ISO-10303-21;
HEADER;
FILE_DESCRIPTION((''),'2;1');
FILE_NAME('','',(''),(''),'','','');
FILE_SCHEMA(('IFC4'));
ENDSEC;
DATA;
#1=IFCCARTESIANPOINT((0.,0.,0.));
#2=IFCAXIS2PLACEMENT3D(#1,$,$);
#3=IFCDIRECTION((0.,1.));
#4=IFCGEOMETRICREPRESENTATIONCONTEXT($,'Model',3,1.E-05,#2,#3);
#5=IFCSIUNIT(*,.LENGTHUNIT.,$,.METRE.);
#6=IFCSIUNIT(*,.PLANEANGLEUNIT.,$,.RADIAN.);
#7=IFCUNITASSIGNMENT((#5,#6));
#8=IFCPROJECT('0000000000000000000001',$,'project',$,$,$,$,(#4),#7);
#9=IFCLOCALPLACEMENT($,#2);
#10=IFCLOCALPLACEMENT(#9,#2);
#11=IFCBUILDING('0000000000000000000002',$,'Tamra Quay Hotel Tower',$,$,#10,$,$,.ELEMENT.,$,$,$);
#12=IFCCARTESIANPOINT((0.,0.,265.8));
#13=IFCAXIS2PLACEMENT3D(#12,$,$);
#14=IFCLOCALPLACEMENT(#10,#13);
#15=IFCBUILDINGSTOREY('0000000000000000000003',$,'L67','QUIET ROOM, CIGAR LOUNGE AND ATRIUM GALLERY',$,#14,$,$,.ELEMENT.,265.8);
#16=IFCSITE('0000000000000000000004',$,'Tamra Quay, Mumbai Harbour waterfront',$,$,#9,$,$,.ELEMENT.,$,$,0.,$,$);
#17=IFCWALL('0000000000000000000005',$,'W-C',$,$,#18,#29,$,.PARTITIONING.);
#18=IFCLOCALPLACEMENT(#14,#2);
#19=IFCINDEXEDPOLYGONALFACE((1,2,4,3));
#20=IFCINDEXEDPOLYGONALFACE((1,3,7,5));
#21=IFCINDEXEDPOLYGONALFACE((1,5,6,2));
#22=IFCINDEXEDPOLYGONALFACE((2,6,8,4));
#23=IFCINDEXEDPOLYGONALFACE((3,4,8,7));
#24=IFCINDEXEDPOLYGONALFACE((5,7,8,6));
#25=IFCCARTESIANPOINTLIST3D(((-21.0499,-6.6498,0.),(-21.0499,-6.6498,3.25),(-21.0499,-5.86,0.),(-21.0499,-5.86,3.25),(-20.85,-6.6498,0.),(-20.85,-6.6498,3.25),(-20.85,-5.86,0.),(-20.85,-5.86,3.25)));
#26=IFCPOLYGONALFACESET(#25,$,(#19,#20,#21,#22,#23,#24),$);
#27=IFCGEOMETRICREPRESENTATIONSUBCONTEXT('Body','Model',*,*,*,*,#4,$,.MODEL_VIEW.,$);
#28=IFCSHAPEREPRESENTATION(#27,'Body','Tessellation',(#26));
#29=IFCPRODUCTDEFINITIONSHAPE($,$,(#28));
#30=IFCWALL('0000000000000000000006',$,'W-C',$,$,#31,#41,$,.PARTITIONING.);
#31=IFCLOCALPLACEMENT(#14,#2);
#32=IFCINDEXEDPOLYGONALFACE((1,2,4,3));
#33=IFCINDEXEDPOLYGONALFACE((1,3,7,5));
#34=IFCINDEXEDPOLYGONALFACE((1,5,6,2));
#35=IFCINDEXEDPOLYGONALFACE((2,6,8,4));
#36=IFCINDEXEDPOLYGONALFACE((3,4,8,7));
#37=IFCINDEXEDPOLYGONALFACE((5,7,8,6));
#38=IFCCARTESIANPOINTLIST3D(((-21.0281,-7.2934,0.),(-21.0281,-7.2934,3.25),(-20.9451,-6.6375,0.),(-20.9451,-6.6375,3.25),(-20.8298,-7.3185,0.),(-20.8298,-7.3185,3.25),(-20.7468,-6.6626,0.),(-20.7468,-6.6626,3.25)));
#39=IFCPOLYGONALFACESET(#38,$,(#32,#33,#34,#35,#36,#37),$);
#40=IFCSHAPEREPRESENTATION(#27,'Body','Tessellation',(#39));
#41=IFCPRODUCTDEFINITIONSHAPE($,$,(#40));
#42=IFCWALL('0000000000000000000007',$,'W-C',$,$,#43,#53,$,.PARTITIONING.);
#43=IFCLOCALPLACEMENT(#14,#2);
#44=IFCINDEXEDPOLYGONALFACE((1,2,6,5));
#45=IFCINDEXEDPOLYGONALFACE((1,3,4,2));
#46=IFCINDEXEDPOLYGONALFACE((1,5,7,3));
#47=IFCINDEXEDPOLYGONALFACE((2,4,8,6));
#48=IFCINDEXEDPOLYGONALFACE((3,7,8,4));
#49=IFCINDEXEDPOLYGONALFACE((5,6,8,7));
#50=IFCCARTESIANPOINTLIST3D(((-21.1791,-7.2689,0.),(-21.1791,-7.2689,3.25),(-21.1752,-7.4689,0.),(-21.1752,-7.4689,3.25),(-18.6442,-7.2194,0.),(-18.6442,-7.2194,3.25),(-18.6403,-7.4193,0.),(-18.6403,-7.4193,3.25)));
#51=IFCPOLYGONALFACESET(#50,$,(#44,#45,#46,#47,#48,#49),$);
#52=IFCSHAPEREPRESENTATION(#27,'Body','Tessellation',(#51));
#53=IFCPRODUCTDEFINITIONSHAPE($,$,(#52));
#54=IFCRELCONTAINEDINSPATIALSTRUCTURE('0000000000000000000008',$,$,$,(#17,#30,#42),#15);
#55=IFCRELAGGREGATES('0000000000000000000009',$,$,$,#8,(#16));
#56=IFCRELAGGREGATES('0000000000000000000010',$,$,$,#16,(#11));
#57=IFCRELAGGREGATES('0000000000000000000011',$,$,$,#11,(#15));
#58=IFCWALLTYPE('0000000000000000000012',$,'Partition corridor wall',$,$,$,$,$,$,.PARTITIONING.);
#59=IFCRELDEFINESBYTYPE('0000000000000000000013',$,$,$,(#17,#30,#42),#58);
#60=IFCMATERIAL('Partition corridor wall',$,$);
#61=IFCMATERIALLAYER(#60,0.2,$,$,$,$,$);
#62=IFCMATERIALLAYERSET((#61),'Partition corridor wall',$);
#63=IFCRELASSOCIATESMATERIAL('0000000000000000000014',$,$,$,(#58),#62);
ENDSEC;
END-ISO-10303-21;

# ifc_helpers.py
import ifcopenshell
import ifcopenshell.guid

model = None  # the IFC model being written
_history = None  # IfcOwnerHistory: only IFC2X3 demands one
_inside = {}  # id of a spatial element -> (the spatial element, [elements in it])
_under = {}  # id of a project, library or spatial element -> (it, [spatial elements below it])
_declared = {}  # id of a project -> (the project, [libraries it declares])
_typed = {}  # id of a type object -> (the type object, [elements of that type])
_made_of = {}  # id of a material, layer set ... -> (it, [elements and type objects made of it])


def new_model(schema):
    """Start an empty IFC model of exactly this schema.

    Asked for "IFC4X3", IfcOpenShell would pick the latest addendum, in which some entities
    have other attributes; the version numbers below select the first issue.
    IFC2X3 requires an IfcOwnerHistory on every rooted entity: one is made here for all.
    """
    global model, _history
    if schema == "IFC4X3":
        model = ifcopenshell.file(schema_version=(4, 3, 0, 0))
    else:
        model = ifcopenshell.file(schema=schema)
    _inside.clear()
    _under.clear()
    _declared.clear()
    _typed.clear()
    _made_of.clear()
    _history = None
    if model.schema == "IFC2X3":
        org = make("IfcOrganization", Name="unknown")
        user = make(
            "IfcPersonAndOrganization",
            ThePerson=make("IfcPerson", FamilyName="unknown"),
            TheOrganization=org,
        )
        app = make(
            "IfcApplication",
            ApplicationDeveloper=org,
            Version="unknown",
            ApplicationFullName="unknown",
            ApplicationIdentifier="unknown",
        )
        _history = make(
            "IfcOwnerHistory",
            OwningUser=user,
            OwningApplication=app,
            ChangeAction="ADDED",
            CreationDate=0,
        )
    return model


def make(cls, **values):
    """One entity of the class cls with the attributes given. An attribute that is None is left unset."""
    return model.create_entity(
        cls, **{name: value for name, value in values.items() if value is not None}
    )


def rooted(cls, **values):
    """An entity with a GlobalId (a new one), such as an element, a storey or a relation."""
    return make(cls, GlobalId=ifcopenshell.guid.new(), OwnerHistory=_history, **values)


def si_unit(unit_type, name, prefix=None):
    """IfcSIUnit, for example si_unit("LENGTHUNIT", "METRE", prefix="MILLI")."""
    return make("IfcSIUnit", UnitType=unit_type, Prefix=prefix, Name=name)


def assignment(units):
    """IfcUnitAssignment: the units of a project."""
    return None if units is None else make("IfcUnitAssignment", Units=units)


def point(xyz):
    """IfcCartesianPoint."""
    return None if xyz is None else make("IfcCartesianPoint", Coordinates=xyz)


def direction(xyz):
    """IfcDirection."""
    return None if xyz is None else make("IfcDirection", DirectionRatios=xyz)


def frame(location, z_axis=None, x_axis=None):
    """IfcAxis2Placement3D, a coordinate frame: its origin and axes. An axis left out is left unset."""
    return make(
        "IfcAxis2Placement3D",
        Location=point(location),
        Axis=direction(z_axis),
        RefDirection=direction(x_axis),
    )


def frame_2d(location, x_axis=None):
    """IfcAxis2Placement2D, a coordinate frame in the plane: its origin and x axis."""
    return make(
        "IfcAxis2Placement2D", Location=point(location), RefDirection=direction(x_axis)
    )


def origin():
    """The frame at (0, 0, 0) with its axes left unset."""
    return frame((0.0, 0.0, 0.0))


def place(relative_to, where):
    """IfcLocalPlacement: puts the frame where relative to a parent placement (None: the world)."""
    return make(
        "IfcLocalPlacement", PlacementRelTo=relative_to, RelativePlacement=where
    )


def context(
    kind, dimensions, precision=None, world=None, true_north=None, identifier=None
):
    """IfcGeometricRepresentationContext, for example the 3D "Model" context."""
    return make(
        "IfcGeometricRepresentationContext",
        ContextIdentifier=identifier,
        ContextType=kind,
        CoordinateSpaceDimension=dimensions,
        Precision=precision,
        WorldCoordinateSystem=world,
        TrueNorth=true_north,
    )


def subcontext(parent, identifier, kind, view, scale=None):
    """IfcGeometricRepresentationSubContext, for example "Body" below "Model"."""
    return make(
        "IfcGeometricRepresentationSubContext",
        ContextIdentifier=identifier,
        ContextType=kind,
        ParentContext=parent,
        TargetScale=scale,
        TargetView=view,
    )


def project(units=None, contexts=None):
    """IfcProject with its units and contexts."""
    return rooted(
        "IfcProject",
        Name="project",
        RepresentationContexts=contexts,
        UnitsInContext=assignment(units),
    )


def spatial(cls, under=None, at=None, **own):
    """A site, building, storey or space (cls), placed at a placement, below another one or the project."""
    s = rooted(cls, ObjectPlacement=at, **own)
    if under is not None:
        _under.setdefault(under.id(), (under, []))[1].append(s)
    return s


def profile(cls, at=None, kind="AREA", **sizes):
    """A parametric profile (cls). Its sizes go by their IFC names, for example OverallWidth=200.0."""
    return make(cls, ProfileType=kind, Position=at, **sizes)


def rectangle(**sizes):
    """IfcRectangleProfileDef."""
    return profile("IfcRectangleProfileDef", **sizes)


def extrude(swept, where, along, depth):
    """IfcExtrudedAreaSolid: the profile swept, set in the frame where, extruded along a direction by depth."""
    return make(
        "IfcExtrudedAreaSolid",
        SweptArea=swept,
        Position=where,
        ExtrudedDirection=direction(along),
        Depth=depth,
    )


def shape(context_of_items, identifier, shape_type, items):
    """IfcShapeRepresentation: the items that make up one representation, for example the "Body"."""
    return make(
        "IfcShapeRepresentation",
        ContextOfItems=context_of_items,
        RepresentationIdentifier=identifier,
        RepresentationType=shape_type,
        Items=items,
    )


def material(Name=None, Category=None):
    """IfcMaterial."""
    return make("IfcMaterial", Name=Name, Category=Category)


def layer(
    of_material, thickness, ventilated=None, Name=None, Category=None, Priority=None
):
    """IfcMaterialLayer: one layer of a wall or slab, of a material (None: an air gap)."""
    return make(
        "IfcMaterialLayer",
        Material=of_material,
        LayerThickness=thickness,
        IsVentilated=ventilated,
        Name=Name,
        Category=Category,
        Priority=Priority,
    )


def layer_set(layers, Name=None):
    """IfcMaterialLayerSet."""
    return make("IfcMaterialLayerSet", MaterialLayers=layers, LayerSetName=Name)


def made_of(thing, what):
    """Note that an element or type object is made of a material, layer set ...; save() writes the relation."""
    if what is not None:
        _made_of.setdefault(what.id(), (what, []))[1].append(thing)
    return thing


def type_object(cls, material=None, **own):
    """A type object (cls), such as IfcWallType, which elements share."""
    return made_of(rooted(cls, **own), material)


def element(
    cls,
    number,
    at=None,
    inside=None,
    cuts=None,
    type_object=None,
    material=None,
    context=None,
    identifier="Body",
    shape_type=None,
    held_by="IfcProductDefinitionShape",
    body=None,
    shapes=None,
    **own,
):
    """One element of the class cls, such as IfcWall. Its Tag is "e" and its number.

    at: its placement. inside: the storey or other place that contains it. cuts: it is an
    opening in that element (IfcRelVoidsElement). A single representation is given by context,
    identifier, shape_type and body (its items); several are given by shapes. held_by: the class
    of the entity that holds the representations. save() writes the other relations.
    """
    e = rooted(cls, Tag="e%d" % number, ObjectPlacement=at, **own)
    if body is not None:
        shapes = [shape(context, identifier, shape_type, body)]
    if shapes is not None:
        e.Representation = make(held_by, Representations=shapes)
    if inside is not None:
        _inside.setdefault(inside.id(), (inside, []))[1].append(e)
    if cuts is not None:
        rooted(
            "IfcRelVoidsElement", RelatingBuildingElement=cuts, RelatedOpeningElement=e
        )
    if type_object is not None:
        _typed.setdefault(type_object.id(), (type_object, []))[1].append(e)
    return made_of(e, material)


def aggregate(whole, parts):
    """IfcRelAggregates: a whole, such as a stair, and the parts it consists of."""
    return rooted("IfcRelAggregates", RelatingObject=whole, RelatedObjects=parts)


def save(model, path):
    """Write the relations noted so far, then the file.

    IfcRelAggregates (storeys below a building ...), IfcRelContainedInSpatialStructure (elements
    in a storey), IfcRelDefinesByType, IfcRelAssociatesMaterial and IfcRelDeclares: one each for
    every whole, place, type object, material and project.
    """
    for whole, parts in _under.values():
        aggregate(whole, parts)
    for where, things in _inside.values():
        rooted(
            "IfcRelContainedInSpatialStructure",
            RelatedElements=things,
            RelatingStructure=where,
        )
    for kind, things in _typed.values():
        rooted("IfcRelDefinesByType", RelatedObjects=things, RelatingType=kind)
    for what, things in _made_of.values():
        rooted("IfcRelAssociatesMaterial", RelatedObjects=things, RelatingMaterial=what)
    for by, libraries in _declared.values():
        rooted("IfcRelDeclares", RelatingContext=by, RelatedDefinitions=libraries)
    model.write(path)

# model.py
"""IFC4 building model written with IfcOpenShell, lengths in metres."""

from ifc_helpers import new_model, si_unit, direction, frame, frame_2d, origin, place, context, subcontext, project, spatial, rectangle, extrude, material, layer, layer_set, type_object, element, save


model = new_model("IFC4")

# Units and contexts
model_context = context("Model", 3, precision=1e-05, world=origin(), true_north=direction((0.0, 1.0)))
body_context = subcontext(model_context, "Body", "Model", "MODEL_VIEW")
ifc_project = project(units=[si_unit("LENGTHUNIT", "METRE"), si_unit("PLANEANGLEUNIT", "RADIAN")], contexts=[model_context])

# Site, building, storey
site_placement = place(None, origin())
site = spatial("IfcSite", under=ifc_project, at=site_placement, Name="Tamra Quay, Mumbai Harbour waterfront", CompositionType="ELEMENT", RefElevation=0.0)
building_placement = place(site_placement, origin())
building = spatial("IfcBuilding", under=site, at=building_placement, Name="Tamra Quay Hotel Tower", CompositionType="ELEMENT")
storey_placement = place(building_placement, frame((0.0, 0.0, 265.8)))
storey = spatial("IfcBuildingStorey", under=building, at=storey_placement, Name="L67", Description="QUIET ROOM, CIGAR LOUNGE AND ATRIUM GALLERY", CompositionType="ELEMENT", Elevation=265.8)

# Walls
ifc_material_1 = material(Name="Partition corridor wall")
ifc_layer_1 = layer(ifc_material_1, 0.2)
ifc_layer_set_1 = layer_set([ifc_layer_1], Name="Partition corridor wall")
wall_type_1 = type_object("IfcWallType", Name="Partition corridor wall", PredefinedType="PARTITIONING", material=ifc_layer_set_1)
wall_1_placement = place(storey_placement, frame((-20.95, -6.6499, 0.0), z_axis=(0.0, 0.0, 1.0), x_axis=(0.0, 1.0, 0.0)))
element("IfcWall", 1, at=wall_1_placement, inside=storey, type_object=wall_type_1, Name="W-C", PredefinedType="PARTITIONING", context=body_context, shape_type="SweptSolid", body=[
    extrude(rectangle(XDim=0.7898, YDim=0.2, at=frame_2d((0.395, 0.0))), origin(), (0.0, 0.0, 1.0), 3.25),
])
wall_2_placement = place(storey_placement, frame((-20.929, -7.3059, 0.0), z_axis=(0.0, 0.0, 1.0), x_axis=(0.125534, 0.992089, 0.0)))
element("IfcWall", 2, at=wall_2_placement, inside=storey, type_object=wall_type_1, Name="W-C", PredefinedType="PARTITIONING", context=body_context, shape_type="SweptSolid", body=[
    extrude(rectangle(XDim=0.6611, YDim=0.2, at=frame_2d((0.3306, 0.0))), origin(), (0.0, 0.0, 1.0), 3.25),
])
wall_3_placement = place(storey_placement, frame((-21.177, -7.3689, 0.0), z_axis=(0.0, 0.0, 1.0), x_axis=(0.999809, 0.019547, 0.0)))
element("IfcWall", 3, at=wall_3_placement, inside=storey, type_object=wall_type_1, Name="W-C", PredefinedType="PARTITIONING", context=body_context, shape_type="SweptSolid", body=[
    extrude(rectangle(XDim=2.5354, YDim=0.2, at=frame_2d((1.2676, 0.0))), origin(), (0.0, 0.0, 1.0), 3.25),
])

save(model, "model.ifc")
